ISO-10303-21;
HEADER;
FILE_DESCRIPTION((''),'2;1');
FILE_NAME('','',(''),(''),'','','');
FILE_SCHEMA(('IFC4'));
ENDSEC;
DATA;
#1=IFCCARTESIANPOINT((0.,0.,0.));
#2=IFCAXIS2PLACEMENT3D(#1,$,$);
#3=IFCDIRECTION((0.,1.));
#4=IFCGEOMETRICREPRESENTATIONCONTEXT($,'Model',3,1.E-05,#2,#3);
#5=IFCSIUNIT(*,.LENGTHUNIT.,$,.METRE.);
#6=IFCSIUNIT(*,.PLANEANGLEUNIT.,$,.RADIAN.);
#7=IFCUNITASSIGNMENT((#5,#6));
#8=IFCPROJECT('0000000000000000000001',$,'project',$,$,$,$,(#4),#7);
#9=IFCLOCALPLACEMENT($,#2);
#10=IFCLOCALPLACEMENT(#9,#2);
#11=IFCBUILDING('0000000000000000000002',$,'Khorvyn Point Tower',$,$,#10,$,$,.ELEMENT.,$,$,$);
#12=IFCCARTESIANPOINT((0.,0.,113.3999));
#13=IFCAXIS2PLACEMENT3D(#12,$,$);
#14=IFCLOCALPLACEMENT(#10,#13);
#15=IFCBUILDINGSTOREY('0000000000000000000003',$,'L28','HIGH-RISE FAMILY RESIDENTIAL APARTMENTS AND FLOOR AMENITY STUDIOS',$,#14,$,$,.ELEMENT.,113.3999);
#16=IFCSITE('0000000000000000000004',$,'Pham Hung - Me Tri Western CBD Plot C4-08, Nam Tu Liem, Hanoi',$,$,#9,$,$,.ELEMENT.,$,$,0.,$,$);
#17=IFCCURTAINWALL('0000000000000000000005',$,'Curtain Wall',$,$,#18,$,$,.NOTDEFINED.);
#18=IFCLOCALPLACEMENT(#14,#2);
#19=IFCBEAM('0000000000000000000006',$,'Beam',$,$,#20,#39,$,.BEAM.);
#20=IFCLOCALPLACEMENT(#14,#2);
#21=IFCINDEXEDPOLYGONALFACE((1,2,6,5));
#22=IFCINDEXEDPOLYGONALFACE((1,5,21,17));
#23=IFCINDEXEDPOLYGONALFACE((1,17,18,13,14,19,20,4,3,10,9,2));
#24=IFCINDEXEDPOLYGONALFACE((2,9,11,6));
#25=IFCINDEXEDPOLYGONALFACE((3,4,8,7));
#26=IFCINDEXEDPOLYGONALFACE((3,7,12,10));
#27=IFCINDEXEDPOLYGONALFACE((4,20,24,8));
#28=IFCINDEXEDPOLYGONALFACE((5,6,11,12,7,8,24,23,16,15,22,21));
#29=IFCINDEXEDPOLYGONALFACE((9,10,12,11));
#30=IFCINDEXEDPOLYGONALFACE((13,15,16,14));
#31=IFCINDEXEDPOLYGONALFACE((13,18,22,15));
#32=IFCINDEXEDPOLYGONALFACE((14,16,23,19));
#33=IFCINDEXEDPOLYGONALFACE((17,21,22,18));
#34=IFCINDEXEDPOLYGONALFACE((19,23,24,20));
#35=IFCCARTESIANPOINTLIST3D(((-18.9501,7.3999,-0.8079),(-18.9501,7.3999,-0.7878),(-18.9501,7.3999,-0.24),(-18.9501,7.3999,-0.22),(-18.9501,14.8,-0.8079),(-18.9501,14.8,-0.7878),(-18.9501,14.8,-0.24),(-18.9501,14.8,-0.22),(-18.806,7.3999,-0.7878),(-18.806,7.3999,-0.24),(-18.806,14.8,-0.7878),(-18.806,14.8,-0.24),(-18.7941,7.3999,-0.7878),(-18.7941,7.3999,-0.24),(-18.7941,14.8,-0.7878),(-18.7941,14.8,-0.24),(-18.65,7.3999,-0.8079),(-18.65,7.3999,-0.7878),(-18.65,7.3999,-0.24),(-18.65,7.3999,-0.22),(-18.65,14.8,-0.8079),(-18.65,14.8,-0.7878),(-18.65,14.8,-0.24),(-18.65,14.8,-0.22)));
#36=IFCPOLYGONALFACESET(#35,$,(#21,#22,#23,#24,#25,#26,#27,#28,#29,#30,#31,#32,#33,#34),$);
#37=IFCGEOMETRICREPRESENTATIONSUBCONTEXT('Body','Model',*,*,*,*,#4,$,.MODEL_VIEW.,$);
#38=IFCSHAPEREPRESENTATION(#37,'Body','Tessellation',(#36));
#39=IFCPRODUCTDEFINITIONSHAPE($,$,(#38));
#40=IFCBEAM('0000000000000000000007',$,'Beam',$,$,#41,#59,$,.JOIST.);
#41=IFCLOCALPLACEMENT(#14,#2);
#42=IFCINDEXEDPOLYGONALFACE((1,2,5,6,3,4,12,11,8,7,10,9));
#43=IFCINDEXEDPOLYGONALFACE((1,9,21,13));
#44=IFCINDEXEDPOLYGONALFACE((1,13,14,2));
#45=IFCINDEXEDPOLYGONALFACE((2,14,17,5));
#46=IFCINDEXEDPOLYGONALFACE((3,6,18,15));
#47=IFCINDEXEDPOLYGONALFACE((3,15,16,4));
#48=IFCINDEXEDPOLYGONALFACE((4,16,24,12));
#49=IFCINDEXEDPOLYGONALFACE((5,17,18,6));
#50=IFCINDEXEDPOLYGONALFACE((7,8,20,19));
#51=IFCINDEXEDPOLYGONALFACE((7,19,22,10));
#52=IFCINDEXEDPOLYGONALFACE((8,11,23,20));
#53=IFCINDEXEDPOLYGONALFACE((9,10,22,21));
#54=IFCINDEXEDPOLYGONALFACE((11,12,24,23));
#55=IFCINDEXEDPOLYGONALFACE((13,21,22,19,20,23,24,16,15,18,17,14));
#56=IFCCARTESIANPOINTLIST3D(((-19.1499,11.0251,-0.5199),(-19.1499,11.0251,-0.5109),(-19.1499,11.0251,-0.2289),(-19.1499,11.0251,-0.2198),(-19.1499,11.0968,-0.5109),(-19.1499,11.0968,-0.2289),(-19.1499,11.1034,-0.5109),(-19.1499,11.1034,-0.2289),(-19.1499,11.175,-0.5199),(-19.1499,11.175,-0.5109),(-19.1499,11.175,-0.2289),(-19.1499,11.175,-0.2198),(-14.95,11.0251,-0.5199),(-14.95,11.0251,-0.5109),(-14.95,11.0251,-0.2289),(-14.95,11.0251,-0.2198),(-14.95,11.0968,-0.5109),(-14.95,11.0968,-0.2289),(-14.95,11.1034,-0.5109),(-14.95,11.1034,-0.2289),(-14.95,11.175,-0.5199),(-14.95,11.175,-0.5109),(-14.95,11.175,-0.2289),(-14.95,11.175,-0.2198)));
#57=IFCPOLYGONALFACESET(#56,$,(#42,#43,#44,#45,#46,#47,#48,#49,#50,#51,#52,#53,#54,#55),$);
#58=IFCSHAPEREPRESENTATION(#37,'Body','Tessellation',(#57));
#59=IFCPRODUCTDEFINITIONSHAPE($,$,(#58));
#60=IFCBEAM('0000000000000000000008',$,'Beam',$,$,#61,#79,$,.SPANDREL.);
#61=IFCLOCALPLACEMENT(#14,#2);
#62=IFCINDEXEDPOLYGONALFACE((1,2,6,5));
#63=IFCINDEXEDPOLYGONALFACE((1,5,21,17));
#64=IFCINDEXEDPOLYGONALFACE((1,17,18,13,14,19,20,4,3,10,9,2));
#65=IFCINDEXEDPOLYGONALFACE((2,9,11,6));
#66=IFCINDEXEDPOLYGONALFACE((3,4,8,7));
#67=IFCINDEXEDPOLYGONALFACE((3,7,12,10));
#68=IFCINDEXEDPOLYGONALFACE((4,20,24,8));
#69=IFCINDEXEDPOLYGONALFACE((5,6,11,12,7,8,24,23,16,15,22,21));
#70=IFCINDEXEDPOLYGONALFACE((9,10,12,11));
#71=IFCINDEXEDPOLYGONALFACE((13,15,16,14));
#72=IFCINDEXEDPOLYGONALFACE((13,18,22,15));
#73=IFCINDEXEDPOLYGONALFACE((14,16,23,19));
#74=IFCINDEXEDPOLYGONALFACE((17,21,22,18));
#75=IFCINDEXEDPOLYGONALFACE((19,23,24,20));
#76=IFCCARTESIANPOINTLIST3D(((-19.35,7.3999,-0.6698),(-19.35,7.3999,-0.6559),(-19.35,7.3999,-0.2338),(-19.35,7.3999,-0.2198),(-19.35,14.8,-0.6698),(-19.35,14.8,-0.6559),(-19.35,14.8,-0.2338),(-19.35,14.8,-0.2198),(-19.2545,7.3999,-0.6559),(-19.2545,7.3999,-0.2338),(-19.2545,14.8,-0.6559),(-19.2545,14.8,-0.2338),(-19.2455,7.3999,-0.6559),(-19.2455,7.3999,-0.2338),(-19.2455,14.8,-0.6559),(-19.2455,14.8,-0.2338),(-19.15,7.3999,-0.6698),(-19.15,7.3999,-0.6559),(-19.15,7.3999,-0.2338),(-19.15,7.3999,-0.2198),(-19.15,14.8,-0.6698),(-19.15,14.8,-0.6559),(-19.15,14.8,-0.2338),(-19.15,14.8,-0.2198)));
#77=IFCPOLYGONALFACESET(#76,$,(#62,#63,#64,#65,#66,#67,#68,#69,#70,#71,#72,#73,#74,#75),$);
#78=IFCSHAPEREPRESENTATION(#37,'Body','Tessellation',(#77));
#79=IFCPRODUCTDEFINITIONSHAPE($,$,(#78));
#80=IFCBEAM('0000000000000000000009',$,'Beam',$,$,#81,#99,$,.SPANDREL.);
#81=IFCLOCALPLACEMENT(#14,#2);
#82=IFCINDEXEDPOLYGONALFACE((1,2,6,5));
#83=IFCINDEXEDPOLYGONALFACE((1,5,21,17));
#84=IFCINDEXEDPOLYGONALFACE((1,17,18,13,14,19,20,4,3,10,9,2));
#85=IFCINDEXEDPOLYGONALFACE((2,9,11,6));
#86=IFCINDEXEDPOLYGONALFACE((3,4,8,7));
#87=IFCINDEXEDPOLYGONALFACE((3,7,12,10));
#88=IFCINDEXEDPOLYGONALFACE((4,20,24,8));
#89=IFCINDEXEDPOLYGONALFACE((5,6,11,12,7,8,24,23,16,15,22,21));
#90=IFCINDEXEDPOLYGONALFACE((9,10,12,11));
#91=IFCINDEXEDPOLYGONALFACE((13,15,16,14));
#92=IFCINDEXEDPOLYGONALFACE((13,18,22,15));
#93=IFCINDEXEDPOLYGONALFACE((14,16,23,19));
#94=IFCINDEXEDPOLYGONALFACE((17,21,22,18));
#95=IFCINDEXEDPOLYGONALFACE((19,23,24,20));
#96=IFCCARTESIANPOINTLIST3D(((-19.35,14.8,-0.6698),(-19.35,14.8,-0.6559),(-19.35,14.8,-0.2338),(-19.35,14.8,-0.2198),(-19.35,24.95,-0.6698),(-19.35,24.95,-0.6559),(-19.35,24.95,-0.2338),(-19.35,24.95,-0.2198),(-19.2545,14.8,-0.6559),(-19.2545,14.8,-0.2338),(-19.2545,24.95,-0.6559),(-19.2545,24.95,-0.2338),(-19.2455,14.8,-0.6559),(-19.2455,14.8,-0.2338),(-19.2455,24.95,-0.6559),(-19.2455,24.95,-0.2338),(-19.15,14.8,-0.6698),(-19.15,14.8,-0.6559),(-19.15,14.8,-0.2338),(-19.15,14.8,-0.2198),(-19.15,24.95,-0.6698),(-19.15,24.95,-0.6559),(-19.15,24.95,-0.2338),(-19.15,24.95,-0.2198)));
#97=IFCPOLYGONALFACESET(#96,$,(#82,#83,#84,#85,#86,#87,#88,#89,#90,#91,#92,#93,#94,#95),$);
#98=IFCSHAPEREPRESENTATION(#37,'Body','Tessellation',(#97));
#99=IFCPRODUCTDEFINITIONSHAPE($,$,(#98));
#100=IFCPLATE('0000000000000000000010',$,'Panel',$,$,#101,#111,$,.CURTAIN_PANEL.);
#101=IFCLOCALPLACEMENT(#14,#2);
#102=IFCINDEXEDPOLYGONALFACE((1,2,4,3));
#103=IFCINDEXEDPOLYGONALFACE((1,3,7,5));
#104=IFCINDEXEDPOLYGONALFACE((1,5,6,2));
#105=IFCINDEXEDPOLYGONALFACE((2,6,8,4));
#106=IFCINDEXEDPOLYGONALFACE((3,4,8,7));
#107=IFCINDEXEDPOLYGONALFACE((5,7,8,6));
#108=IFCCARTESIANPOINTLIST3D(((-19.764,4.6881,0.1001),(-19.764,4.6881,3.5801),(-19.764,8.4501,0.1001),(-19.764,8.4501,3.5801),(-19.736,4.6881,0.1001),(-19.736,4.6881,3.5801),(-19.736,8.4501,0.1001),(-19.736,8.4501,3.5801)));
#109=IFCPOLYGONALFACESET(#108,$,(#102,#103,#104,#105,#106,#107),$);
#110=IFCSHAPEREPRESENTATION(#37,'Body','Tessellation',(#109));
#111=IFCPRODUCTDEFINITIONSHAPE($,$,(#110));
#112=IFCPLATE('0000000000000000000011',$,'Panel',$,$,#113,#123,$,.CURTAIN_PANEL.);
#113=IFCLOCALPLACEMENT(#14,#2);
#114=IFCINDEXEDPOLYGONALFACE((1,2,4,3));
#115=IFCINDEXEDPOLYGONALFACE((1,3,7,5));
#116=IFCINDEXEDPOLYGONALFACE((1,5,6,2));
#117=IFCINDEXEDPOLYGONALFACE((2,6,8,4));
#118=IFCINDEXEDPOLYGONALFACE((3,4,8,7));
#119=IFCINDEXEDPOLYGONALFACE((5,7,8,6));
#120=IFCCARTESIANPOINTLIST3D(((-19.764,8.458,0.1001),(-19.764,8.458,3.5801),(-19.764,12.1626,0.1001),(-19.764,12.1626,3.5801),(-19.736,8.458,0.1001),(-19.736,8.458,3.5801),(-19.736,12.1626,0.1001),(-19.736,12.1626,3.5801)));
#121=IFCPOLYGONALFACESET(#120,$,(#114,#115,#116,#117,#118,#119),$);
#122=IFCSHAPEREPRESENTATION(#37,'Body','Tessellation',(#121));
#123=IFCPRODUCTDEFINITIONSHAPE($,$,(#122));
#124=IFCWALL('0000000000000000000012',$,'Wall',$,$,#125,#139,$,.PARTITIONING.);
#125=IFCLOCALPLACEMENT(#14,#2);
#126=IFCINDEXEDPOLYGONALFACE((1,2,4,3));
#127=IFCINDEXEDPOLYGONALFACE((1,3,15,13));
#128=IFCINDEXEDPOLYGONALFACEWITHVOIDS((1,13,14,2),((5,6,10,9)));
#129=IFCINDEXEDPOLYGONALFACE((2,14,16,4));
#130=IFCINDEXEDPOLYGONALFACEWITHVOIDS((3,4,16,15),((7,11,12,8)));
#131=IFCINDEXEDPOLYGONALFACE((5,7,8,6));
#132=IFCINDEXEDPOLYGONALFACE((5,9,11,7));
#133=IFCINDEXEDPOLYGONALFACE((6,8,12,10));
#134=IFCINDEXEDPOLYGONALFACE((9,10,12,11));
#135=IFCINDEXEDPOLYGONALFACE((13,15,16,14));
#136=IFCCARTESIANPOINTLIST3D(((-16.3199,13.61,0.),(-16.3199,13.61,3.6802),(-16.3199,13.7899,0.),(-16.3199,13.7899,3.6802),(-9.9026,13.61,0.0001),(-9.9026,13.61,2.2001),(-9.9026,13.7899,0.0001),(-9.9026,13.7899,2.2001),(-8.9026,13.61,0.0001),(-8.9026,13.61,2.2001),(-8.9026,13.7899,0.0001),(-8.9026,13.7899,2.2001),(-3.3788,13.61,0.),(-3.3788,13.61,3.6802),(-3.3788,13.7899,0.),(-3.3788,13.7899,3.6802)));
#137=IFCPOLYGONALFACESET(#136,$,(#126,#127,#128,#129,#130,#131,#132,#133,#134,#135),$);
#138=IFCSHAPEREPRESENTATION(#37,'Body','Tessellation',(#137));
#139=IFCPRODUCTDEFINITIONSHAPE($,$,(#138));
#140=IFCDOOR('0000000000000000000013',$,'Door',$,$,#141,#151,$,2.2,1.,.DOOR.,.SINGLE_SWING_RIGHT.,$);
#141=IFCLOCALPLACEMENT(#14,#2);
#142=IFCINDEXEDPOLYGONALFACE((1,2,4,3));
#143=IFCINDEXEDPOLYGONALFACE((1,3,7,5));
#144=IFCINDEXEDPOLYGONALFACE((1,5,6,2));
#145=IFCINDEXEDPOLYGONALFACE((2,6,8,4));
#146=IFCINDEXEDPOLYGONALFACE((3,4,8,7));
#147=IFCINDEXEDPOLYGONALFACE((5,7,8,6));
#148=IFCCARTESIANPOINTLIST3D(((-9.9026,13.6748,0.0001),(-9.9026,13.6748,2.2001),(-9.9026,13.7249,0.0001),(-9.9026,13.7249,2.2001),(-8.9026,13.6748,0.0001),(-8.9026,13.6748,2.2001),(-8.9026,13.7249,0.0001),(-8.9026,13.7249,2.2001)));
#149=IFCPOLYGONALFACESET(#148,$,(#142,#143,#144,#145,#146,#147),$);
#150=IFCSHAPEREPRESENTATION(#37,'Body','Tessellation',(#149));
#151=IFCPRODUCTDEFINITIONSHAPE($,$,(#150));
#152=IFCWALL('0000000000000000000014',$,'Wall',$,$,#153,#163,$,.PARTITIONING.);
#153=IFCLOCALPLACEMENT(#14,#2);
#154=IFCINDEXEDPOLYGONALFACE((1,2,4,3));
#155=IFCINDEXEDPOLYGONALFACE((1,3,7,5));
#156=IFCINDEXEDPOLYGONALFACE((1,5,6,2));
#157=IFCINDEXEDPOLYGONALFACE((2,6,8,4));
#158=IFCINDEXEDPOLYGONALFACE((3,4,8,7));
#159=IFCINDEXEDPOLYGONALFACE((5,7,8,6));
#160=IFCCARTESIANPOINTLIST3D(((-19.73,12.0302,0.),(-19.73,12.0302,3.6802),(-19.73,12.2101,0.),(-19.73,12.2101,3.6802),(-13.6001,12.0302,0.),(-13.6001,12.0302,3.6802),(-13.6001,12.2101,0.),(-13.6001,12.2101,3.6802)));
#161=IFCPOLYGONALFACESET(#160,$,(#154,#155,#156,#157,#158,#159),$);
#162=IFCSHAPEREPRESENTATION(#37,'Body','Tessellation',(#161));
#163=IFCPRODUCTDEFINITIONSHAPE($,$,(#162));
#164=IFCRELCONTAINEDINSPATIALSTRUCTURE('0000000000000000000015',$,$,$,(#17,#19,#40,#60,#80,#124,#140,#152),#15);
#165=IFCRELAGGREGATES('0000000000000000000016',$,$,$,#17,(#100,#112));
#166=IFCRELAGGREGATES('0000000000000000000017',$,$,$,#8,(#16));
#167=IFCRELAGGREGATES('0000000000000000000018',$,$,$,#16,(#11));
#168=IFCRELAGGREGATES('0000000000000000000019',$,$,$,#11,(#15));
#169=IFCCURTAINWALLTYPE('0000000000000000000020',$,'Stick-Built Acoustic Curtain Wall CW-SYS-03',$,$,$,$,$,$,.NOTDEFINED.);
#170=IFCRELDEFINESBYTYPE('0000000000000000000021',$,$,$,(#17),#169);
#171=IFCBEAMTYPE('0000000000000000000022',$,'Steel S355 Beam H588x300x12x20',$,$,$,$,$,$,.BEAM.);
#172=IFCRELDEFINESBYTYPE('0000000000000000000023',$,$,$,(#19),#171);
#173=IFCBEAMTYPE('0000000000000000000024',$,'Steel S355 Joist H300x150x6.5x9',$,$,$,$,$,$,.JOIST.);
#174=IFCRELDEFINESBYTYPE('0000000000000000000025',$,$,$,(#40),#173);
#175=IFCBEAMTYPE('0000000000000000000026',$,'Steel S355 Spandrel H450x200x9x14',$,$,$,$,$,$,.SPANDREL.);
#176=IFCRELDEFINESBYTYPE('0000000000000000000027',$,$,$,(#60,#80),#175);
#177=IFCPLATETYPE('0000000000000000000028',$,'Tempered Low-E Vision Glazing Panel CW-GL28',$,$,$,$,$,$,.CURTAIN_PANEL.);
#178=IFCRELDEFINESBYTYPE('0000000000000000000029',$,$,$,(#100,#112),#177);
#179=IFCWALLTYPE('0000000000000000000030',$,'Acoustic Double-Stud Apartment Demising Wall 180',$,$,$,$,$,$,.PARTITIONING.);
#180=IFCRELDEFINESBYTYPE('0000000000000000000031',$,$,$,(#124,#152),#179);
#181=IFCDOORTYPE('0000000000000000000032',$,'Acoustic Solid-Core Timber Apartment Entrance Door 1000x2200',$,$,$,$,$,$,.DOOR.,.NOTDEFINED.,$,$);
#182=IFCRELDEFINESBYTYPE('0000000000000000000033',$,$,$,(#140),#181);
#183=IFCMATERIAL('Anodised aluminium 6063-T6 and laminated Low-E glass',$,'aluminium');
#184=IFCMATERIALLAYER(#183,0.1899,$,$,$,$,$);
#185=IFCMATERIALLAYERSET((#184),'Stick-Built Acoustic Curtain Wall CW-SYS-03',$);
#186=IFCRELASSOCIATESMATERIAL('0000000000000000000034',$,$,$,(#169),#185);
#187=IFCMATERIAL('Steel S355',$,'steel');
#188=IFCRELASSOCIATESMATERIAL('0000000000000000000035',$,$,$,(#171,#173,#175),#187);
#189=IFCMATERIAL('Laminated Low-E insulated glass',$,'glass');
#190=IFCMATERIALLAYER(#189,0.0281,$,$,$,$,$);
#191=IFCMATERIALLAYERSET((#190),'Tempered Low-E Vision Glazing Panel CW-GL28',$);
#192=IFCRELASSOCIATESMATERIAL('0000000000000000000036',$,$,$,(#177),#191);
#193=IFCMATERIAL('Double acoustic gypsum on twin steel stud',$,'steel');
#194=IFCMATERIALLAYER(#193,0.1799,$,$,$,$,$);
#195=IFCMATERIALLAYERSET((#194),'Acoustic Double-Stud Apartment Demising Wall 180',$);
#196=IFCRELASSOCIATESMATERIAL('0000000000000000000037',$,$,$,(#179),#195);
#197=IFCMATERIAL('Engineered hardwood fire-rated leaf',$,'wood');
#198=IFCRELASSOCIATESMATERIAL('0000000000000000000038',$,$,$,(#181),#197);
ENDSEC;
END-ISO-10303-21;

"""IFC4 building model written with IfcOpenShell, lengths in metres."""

from ifc_helpers import new_model, si_unit, direction, frame, frame_2d, origin, origin_2d, place, context, subcontext, project, spatial, rectangle, i_section, extrude, material, layer, layer_set, material_profile, profile_set, type_object, element, fill, aggregate, save


model = new_model("IFC4")

# Units and contexts
model_context = context("Model", 3, precision=1e-05, world=origin(), true_north=direction((0.0, 1.0)))
body_context = subcontext(model_context, "Body", "Model", "MODEL_VIEW")
ifc_project = project(units=[si_unit("LENGTHUNIT", "METRE"), si_unit("PLANEANGLEUNIT", "RADIAN")], contexts=[model_context])

# Site, building, storey
site_placement = place(None, origin())
site = spatial("IfcSite", under=ifc_project, at=site_placement, Name="Pham Hung - Me Tri Western CBD Plot C4-08, Nam Tu Liem, Hanoi", CompositionType="ELEMENT", RefElevation=0.0)
building_placement = place(site_placement, origin())
building = spatial("IfcBuilding", under=site, at=building_placement, Name="Khorvyn Point Tower", CompositionType="ELEMENT")
storey_placement = place(building_placement, frame((0.0, 0.0, 113.3999)))
storey = spatial("IfcBuildingStorey", under=building, at=storey_placement, Name="L28", Description="HIGH-RISE FAMILY RESIDENTIAL APARTMENTS AND FLOOR AMENITY STUDIOS", CompositionType="ELEMENT", Elevation=113.3999)

# Curtain wall
ifc_material_1 = material(Name="Anodised aluminium 6063-T6 and laminated Low-E glass", Category="aluminium")
ifc_layer_1 = layer(ifc_material_1, 0.1899)
ifc_layer_set_1 = layer_set([ifc_layer_1], Name="Stick-Built Acoustic Curtain Wall CW-SYS-03")
curtain_wall_type = type_object("IfcCurtainWallType", Name="Stick-Built Acoustic Curtain Wall CW-SYS-03", PredefinedType="NOTDEFINED", material=ifc_layer_set_1)
curtain_wall_placement = place(storey_placement, origin())
curtain_wall = element("IfcCurtainWall", 1, at=curtain_wall_placement, inside=storey, type_object=curtain_wall_type, Name="Curtain Wall", PredefinedType="NOTDEFINED")

# Beams
ifc_material_2 = material(Name="Steel S355", Category="steel")
ifc_material_profile_1 = material_profile(ifc_material_2, i_section(OverallWidth=0.3, OverallDepth=0.5879, WebThickness=0.012, FlangeThickness=0.02, at=origin_2d()))
ifc_profile_set_1 = profile_set([ifc_material_profile_1], Name="Steel S355 H588x300x12x20")
beam_type_1 = type_object("IfcBeamType", Name="Steel S355 Beam H588x300x12x20", PredefinedType="BEAM", material=ifc_profile_set_1)
for number, where, z_axis, x_axis, name in (
    (2, (-18.8, 7.3999, -0.5139), (0.0, 1.0, 0.0), (-1.0, 0.0, 0.0), "Beam"),
):
    element("IfcBeam", number, at=place(storey_placement, frame(where, z_axis=z_axis, x_axis=x_axis)), inside=storey, type_object=beam_type_1, Name=name, PredefinedType="BEAM", context=body_context, shape_type="SweptSolid", body=[
        extrude(i_section(OverallWidth=0.3, OverallDepth=0.5879, WebThickness=0.012, FlangeThickness=0.02, at=origin_2d()), origin(), (0.0, 0.0, 1.0), 7.4001),
    ])
ifc_material_profile_2 = material_profile(ifc_material_2, i_section(OverallWidth=0.1499, OverallDepth=0.3, WebThickness=0.0066, FlangeThickness=0.009, at=origin_2d()))
ifc_profile_set_2 = profile_set([ifc_material_profile_2], Name="Steel S355 H300x150x6.5x9")
beam_type_2 = type_object("IfcBeamType", Name="Steel S355 Joist H300x150x6.5x9", PredefinedType="JOIST", material=ifc_profile_set_2)
beam_1_placement = place(storey_placement, frame((-19.1499, 11.1001, -0.3699), z_axis=(1.0, 0.0, 0.0), x_axis=(0.0, 1.0, 0.0)))
element("IfcBeam", 3, at=beam_1_placement, inside=storey, type_object=beam_type_2, Name="Beam", PredefinedType="JOIST", context=body_context, shape_type="SweptSolid", body=[
    extrude(i_section(OverallWidth=0.1499, OverallDepth=0.3, WebThickness=0.0066, FlangeThickness=0.009, at=origin_2d()), origin(), (0.0, 0.0, 1.0), 4.2),
])
ifc_material_profile_3 = material_profile(ifc_material_2, i_section(OverallWidth=0.2, OverallDepth=0.45, WebThickness=0.009, FlangeThickness=0.0139, at=origin_2d()))
ifc_profile_set_3 = profile_set([ifc_material_profile_3], Name="Steel S355 H450x200x9x14")
beam_type_3 = type_object("IfcBeamType", Name="Steel S355 Spandrel H450x200x9x14", PredefinedType="SPANDREL", material=ifc_profile_set_3)
beam_2_placement = place(storey_placement, frame((-19.25, 7.3999, -0.4448), z_axis=(0.0, 1.0, 0.0), x_axis=(-1.0, 0.0, 0.0)))
element("IfcBeam", 4, at=beam_2_placement, inside=storey, type_object=beam_type_3, Name="Beam", PredefinedType="SPANDREL", context=body_context, shape_type="SweptSolid", body=[
    extrude(i_section(OverallWidth=0.2, OverallDepth=0.45, WebThickness=0.009, FlangeThickness=0.0139, at=origin_2d()), origin(), (0.0, 0.0, 1.0), 7.4001),
])
beam_3_placement = place(storey_placement, frame((-19.25, 14.8, -0.4448), z_axis=(0.0, 1.0, 0.0), x_axis=(-1.0, 0.0, 0.0)))
element("IfcBeam", 5, at=beam_3_placement, inside=storey, type_object=beam_type_3, Name="Beam", PredefinedType="SPANDREL", context=body_context, shape_type="SweptSolid", body=[
    extrude(i_section(OverallWidth=0.2, OverallDepth=0.45, WebThickness=0.009, FlangeThickness=0.0139, at=origin_2d()), origin(), (0.0, 0.0, 1.0), 10.1499),
])

# Plates
ifc_material_3 = material(Name="Laminated Low-E insulated glass", Category="glass")
ifc_layer_2 = layer(ifc_material_3, 0.0281)
ifc_layer_set_2 = layer_set([ifc_layer_2], Name="Tempered Low-E Vision Glazing Panel CW-GL28")
plate_type = type_object("IfcPlateType", Name="Tempered Low-E Vision Glazing Panel CW-GL28", PredefinedType="CURTAIN_PANEL", material=ifc_layer_set_2)
plate_1_placement = place(storey_placement, frame((-19.75, 6.5691, 0.1001), z_axis=(0.0, 0.0, 1.0), x_axis=(0.0, 1.0, 0.0)))
plate_1 = element("IfcPlate", 6, at=plate_1_placement, type_object=plate_type, Name="Panel", PredefinedType="CURTAIN_PANEL", context=body_context, shape_type="SweptSolid", body=[
    extrude(rectangle(XDim=3.762, YDim=0.0281, at=origin_2d()), origin(), (0.0, 0.0, 1.0), 3.48),
])
plate_2_placement = place(storey_placement, frame((-19.75, 10.3103, 0.1001), z_axis=(0.0, 0.0, 1.0), x_axis=(0.0, 1.0, 0.0)))
plate_2 = element("IfcPlate", 7, at=plate_2_placement, type_object=plate_type, Name="Panel", PredefinedType="CURTAIN_PANEL", context=body_context, shape_type="SweptSolid", body=[
    extrude(rectangle(XDim=3.7046, YDim=0.0281, at=origin_2d()), origin(), (0.0, 0.0, 1.0), 3.48),
])
aggregate(curtain_wall, [plate_1, plate_2])

# Wall, opening, door
ifc_material_4 = material(Name="Double acoustic gypsum on twin steel stud", Category="steel")
ifc_layer_3 = layer(ifc_material_4, 0.1799)
ifc_layer_set_3 = layer_set([ifc_layer_3], Name="Acoustic Double-Stud Apartment Demising Wall 180")
wall_type_1 = type_object("IfcWallType", Name="Acoustic Double-Stud Apartment Demising Wall 180", PredefinedType="PARTITIONING", material=ifc_layer_set_3)
wall_1_placement = place(storey_placement, frame((-16.3201, 13.7, 0.0), z_axis=(0.0, 0.0, 1.0), x_axis=(1.0, 0.0, 0.0)))
wall_1 = element("IfcWall", 8, at=wall_1_placement, inside=storey, type_object=wall_type_1, Name="Wall", PredefinedType="PARTITIONING", context=body_context, shape_type="SweptSolid", body=[
    extrude(rectangle(XDim=12.9412, YDim=0.1799, at=frame_2d((6.4707, 0.0))), origin(), (0.0, 0.0, 1.0), 3.6802),
])
opening_1_placement = place(wall_1_placement, frame((6.4175, 0.0, 0.0)))
opening_1 = element("IfcOpeningElement", 9, at=opening_1_placement, cuts=wall_1, PredefinedType="OPENING", context=body_context, shape_type="SweptSolid", body=[
    extrude(rectangle(XDim=1.0, YDim=2.2, at=frame_2d((0.5, 1.1001))), frame((0.0, 0.0999, 0.0), z_axis=(0.0, -1.0, 0.0), x_axis=(1.0, 0.0, 0.0)), (0.0, 0.0, 1.0), 0.2),
])
ifc_material_5 = material(Name="Engineered hardwood fire-rated leaf", Category="wood")
door_type_1 = type_object("IfcDoorType", Name="Acoustic Solid-Core Timber Apartment Entrance Door 1000x2200", OperationType="NOTDEFINED", PredefinedType="DOOR", material=ifc_material_5)
door_1_placement = place(opening_1_placement, origin())
door_1 = element("IfcDoor", 10, at=door_1_placement, inside=storey, type_object=door_type_1, Name="Door", OperationType="SINGLE_SWING_RIGHT", OverallHeight=2.2, OverallWidth=1.0, PredefinedType="DOOR", context=body_context, shape_type="SweptSolid", body=[
    extrude(rectangle(XDim=1.0, YDim=2.2, at=frame_2d((0.5, 1.1001))), frame((0.0, 0.0249, 0.0), z_axis=(0.0, -1.0, 0.0), x_axis=(1.0, 0.0, 0.0)), (0.0, 0.0, 1.0), 0.05),
])
fill(opening_1, door_1)

# Wall
wall_2_placement = place(storey_placement, frame((-19.73, 12.1201, 0.0), z_axis=(0.0, 0.0, 1.0), x_axis=(1.0, 0.0, 0.0)))
element("IfcWall", 11, at=wall_2_placement, inside=storey, type_object=wall_type_1, Name="Wall", PredefinedType="PARTITIONING", context=body_context, shape_type="SweptSolid", body=[
    extrude(rectangle(XDim=6.1299, YDim=0.1799, at=frame_2d((3.0649, 0.0))), origin(), (0.0, 0.0, 1.0), 3.6802),
])

save(model, "model.ifc")
